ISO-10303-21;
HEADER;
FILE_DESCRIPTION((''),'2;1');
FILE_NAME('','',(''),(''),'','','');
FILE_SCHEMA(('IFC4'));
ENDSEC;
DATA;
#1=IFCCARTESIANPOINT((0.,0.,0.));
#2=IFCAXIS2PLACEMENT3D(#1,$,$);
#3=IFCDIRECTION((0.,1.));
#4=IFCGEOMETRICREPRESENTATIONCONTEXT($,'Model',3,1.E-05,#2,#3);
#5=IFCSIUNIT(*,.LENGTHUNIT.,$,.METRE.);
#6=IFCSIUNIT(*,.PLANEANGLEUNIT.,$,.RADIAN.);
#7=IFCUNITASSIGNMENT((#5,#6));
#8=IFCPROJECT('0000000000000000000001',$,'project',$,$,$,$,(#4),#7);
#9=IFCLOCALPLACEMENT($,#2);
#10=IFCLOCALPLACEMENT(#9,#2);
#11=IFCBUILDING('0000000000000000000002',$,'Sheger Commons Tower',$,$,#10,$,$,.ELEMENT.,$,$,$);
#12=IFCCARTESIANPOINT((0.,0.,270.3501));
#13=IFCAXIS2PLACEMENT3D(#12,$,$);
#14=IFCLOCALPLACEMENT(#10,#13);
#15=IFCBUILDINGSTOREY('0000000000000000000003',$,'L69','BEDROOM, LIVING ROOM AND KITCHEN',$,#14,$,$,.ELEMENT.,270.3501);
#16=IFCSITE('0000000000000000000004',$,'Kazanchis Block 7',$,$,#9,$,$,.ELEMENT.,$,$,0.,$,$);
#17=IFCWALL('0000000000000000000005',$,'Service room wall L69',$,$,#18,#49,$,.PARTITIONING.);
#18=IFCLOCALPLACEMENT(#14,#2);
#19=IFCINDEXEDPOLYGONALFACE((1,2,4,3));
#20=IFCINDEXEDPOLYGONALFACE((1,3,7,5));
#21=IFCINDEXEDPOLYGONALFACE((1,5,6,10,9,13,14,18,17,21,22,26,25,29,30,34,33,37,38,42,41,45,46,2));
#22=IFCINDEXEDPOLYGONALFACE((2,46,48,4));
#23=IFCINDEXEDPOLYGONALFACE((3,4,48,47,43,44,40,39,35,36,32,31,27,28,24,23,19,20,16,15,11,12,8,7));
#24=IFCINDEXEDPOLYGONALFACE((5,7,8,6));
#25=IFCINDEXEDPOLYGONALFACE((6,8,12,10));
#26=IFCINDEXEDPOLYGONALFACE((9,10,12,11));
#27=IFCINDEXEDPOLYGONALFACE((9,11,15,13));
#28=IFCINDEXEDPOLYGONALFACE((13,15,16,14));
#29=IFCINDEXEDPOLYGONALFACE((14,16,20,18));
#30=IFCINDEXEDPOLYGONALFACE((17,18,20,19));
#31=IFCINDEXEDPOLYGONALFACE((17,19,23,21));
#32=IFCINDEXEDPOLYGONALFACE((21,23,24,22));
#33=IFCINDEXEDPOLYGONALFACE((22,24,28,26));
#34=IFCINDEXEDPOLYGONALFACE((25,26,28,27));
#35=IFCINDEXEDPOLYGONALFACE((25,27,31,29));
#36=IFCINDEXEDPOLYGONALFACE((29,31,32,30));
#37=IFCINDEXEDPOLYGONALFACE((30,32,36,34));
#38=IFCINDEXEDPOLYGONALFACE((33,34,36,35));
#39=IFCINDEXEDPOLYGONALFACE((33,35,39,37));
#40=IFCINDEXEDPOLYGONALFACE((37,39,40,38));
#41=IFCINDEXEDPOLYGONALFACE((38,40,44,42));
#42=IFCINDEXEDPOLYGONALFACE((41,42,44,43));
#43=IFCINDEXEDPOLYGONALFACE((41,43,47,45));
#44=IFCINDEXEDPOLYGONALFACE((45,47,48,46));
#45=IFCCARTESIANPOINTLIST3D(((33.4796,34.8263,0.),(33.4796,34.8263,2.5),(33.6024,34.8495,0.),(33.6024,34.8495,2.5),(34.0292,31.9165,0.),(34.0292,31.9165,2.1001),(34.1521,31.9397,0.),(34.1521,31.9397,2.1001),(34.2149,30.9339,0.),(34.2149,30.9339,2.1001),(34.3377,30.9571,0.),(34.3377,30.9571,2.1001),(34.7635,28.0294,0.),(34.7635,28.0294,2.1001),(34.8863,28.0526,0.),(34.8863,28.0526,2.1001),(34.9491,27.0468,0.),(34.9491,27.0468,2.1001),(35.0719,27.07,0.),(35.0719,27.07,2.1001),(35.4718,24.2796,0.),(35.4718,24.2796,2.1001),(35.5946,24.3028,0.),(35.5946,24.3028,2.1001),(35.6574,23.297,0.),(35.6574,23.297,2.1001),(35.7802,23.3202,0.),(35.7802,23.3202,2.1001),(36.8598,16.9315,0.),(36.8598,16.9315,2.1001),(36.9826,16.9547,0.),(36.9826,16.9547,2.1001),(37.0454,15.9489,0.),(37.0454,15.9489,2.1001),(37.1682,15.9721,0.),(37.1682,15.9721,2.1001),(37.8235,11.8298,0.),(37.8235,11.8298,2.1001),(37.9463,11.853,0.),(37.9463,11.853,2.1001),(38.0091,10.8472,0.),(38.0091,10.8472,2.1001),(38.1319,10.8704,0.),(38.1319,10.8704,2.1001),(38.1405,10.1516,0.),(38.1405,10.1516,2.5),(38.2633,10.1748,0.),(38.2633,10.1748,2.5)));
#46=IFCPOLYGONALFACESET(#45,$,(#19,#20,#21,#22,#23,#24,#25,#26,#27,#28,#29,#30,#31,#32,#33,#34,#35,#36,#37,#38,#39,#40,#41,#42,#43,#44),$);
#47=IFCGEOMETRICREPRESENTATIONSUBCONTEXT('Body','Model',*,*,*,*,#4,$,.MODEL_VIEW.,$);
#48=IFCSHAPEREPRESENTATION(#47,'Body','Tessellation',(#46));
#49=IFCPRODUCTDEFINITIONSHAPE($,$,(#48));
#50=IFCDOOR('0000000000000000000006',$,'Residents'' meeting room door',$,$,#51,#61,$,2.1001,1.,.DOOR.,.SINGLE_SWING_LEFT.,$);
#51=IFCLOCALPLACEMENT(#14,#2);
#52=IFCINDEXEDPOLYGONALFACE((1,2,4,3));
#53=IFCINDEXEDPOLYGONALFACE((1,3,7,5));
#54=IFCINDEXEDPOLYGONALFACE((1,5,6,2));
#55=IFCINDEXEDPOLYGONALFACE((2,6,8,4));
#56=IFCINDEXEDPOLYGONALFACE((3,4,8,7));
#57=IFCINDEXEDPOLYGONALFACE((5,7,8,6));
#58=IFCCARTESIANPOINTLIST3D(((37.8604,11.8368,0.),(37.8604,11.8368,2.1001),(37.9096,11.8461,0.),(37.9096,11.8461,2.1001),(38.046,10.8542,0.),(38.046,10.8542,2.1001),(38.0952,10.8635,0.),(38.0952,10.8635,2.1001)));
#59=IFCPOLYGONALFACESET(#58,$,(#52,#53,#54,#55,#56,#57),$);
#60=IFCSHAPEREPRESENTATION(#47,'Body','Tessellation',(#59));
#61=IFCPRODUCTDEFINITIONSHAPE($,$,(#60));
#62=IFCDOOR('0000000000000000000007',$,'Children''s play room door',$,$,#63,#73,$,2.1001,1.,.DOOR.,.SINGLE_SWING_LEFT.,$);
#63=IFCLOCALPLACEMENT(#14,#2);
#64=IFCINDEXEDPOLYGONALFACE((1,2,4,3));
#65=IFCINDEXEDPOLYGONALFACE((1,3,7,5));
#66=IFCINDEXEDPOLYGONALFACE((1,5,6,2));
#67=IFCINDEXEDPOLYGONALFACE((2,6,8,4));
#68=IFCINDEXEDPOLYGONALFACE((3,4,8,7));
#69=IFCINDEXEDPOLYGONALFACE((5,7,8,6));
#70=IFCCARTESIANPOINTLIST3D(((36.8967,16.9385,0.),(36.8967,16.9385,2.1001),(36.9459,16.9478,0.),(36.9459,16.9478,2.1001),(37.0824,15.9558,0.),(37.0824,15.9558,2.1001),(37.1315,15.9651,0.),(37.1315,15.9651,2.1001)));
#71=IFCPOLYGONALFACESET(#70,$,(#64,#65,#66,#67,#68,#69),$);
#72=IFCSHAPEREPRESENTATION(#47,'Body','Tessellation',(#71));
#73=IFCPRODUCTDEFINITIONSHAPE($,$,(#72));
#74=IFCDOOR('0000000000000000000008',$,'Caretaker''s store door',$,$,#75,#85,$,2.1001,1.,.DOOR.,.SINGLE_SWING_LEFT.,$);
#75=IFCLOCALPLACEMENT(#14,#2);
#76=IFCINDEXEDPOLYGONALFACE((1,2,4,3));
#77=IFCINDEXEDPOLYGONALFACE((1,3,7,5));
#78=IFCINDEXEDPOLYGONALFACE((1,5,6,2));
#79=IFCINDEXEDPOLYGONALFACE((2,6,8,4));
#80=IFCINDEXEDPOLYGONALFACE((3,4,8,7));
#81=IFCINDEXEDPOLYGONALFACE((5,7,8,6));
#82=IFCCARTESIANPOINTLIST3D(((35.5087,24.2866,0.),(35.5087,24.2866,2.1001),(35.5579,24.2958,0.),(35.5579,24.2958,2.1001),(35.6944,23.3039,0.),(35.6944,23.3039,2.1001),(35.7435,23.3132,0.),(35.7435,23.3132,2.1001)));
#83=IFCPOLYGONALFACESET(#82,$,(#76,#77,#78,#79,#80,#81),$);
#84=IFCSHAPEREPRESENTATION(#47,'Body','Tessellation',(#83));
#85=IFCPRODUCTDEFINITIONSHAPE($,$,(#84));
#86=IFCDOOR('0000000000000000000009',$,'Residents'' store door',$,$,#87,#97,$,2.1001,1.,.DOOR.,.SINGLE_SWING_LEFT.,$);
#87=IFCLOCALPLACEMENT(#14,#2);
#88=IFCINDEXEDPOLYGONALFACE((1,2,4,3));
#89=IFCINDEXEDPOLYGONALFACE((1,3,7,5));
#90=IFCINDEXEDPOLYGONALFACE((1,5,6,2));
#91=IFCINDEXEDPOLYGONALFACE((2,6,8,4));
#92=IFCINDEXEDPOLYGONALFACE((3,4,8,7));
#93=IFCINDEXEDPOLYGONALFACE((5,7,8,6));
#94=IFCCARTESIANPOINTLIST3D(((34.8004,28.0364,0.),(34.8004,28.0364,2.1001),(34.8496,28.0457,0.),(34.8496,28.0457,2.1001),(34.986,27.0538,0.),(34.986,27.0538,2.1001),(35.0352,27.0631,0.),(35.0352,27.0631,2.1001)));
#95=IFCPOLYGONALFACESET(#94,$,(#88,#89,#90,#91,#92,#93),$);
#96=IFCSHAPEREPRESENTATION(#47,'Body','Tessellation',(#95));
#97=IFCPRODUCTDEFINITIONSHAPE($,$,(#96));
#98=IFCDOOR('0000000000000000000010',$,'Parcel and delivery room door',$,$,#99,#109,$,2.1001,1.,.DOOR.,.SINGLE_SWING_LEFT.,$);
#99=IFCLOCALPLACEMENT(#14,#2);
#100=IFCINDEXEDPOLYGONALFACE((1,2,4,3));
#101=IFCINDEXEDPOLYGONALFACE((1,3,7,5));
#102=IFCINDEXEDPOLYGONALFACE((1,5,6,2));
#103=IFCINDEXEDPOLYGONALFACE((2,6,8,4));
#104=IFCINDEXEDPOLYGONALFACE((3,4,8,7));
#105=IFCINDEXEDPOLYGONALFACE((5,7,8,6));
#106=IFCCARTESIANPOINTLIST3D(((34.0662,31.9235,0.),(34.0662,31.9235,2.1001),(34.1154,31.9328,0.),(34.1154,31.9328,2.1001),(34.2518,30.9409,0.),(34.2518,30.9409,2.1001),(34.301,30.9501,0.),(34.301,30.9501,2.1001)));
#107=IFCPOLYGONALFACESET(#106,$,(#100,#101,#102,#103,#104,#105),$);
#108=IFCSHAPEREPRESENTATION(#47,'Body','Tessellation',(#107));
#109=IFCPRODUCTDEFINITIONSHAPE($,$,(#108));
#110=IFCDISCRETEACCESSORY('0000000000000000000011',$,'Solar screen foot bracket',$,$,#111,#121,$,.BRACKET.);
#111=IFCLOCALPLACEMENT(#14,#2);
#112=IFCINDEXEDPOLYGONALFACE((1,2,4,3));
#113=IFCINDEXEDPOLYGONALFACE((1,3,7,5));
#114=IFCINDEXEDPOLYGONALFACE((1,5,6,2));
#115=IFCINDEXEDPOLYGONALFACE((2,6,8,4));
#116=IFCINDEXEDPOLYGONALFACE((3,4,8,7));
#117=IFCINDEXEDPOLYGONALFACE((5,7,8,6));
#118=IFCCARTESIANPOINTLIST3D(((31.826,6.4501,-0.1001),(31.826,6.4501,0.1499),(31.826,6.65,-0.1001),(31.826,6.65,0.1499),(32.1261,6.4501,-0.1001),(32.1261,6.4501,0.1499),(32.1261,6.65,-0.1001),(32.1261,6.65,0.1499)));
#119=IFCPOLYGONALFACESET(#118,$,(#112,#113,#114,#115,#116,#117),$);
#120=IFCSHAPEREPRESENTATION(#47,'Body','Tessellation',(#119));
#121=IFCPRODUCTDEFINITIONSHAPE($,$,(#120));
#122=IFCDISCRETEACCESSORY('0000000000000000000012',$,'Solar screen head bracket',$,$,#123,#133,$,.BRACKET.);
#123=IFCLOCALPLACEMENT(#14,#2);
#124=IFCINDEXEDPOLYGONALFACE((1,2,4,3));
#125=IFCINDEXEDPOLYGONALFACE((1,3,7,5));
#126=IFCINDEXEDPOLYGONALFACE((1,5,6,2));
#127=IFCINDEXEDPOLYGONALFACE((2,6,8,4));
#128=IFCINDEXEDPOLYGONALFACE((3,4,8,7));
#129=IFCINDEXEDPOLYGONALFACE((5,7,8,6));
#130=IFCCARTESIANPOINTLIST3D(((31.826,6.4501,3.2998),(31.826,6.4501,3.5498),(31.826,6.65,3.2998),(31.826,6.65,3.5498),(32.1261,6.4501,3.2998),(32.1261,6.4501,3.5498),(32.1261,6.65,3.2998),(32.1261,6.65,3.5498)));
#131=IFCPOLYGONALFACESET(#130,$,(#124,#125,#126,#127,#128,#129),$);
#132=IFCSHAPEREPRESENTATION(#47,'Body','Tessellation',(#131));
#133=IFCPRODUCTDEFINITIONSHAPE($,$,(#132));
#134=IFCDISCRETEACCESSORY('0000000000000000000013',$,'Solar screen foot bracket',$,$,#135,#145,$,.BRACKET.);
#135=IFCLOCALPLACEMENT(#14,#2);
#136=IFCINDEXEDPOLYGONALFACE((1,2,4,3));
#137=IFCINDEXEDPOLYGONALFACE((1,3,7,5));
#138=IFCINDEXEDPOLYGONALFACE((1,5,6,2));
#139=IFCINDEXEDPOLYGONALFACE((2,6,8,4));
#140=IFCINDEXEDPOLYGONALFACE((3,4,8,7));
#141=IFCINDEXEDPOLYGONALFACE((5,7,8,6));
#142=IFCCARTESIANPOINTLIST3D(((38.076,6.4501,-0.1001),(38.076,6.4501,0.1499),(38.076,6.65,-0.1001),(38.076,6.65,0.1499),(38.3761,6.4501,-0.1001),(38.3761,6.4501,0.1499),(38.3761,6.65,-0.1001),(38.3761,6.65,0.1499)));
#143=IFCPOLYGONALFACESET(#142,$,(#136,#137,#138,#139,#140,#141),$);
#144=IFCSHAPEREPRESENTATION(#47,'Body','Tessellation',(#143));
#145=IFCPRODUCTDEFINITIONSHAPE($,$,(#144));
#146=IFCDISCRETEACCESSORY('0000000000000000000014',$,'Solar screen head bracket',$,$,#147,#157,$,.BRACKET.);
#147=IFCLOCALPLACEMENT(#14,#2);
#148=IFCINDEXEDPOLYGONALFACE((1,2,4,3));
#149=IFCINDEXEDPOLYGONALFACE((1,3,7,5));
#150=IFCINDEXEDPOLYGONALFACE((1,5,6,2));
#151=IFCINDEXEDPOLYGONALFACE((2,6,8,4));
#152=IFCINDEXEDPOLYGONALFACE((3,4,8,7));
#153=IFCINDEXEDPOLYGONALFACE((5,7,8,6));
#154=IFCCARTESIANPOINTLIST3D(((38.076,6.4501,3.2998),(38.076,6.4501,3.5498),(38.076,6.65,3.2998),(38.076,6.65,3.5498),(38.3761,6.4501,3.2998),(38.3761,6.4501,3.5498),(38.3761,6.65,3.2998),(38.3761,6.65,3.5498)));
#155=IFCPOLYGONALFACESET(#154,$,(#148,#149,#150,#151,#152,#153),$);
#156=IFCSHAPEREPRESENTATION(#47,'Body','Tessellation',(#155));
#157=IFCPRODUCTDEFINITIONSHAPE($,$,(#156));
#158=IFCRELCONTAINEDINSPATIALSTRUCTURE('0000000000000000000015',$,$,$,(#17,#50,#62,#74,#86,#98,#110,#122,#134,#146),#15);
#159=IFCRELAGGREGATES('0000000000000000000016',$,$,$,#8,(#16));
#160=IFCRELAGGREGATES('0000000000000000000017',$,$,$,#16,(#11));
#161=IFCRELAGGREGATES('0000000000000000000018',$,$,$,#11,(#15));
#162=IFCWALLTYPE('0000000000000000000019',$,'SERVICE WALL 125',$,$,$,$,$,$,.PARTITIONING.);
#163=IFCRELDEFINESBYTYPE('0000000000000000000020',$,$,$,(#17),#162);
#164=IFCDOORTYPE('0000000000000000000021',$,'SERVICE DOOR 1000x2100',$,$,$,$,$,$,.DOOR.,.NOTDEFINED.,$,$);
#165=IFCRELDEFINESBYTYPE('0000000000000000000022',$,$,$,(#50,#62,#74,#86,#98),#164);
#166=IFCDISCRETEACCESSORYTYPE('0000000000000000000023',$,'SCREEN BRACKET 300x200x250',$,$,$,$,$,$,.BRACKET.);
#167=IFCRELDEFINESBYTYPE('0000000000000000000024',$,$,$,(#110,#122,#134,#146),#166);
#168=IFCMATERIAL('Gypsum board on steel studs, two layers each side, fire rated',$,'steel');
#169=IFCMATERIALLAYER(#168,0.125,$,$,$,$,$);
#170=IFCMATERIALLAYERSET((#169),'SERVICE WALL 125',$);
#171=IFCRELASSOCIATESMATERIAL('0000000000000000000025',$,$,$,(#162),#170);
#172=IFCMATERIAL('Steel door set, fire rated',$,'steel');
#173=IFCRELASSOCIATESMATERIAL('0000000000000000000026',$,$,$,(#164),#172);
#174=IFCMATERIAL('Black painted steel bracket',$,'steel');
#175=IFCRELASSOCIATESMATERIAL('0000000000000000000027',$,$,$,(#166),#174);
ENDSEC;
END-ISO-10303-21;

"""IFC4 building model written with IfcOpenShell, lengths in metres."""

from ifc_helpers import new_model, si_unit, direction, frame, frame_2d, origin, origin_2d, place, context, subcontext, project, spatial, rectangle, extrude, material, layer, layer_set, type_object, element, fill, save


model = new_model("IFC4")

# Units and contexts
model_context = context("Model", 3, precision=1e-05, world=origin(), true_north=direction((0.0, 1.0)))
body_context = subcontext(model_context, "Body", "Model", "MODEL_VIEW")
ifc_project = project(units=[si_unit("LENGTHUNIT", "METRE"), si_unit("PLANEANGLEUNIT", "RADIAN")], contexts=[model_context])

# Site, building, storey
site_placement = place(None, origin())
site = spatial("IfcSite", under=ifc_project, at=site_placement, Name="Kazanchis Block 7", CompositionType="ELEMENT", RefElevation=0.0)
building_placement = place(site_placement, origin())
building = spatial("IfcBuilding", under=site, at=building_placement, Name="Sheger Commons Tower", CompositionType="ELEMENT")
storey_placement = place(building_placement, frame((0.0, 0.0, 270.3501)))
storey = spatial("IfcBuildingStorey", under=building, at=storey_placement, Name="L69", Description="BEDROOM, LIVING ROOM AND KITCHEN", CompositionType="ELEMENT", Elevation=270.3501)

# Wall, openings, doors
ifc_material_1 = material(Name="Gypsum board on steel studs, two layers each side, fire rated", Category="steel")
ifc_layer_1 = layer(ifc_material_1, 0.125)
ifc_layer_set_1 = layer_set([ifc_layer_1], Name="SERVICE WALL 125")
wall_type = type_object("IfcWallType", Name="SERVICE WALL 125", PredefinedType="PARTITIONING", material=ifc_layer_set_1)
wall_placement = place(storey_placement, frame((38.2019, 10.1631, 0.0), z_axis=(0.0, 0.0, 1.0), x_axis=(-0.18561, 0.982623, 0.0)))
wall = element("IfcWall", 1, at=wall_placement, inside=storey, type_object=wall_type, Name="Service room wall L69", PredefinedType="PARTITIONING", context=body_context, shape_type="SweptSolid", body=[
    extrude(rectangle(XDim=25.1111, YDim=0.125, at=frame_2d((12.5557, 0.0))), origin(), (0.0, 0.0, 1.0), 2.5),
])
opening_1_placement = place(wall_placement, frame((0.708, 0.0, 0.0)))
opening_1 = element("IfcOpeningElement", 2, at=opening_1_placement, cuts=wall, PredefinedType="OPENING", context=body_context, shape_type="SweptSolid", body=[
    extrude(rectangle(XDim=1.0, YDim=2.1001, at=frame_2d((0.5, 1.05))), frame((0.0, 0.0725, 0.0), z_axis=(0.0, -1.0, 0.0), x_axis=(1.0, 0.0, 0.0)), (0.0, 0.0, 1.0), 0.145),
])
opening_2_placement = place(wall_placement, frame((5.8999, 0.0, 0.0)))
opening_2 = element("IfcOpeningElement", 3, at=opening_2_placement, cuts=wall, PredefinedType="OPENING", context=body_context, shape_type="SweptSolid", body=[
    extrude(rectangle(XDim=1.0, YDim=2.1001, at=frame_2d((0.5, 1.05))), frame((0.0, 0.0725, 0.0), z_axis=(0.0, -1.0, 0.0), x_axis=(1.0, 0.0, 0.0)), (0.0, 0.0, 1.0), 0.145),
])
opening_3_placement = place(wall_placement, frame((13.3779, 0.0, 0.0)))
opening_3 = element("IfcOpeningElement", 4, at=opening_3_placement, cuts=wall, PredefinedType="OPENING", context=body_context, shape_type="SweptSolid", body=[
    extrude(rectangle(XDim=1.0, YDim=2.1001, at=frame_2d((0.5, 1.05))), frame((0.0, 0.0725, 0.0), z_axis=(0.0, -1.0, 0.0), x_axis=(1.0, 0.0, 0.0)), (0.0, 0.0, 1.0), 0.145),
])
opening_4_placement = place(wall_placement, frame((17.1941, 0.0, 0.0)))
opening_4 = element("IfcOpeningElement", 5, at=opening_4_placement, cuts=wall, PredefinedType="OPENING", context=body_context, shape_type="SweptSolid", body=[
    extrude(rectangle(XDim=1.0, YDim=2.1001, at=frame_2d((0.5, 1.05))), frame((0.0, 0.0725, 0.0), z_axis=(0.0, -1.0, 0.0), x_axis=(1.0, 0.0, 0.0)), (0.0, 0.0, 1.0), 0.145),
])
opening_5_placement = place(wall_placement, frame((21.1499, 0.0, 0.0)))
opening_5 = element("IfcOpeningElement", 6, at=opening_5_placement, cuts=wall, PredefinedType="OPENING", context=body_context, shape_type="SweptSolid", body=[
    extrude(rectangle(XDim=1.0, YDim=2.1001, at=frame_2d((0.5, 1.05))), frame((0.0, 0.0725, 0.0), z_axis=(0.0, -1.0, 0.0), x_axis=(1.0, 0.0, 0.0)), (0.0, 0.0, 1.0), 0.145),
])
ifc_material_2 = material(Name="Steel door set, fire rated", Category="steel")
door_type = type_object("IfcDoorType", Name="SERVICE DOOR 1000x2100", OperationType="NOTDEFINED", PredefinedType="DOOR", material=ifc_material_2)
door_1_placement = place(opening_1_placement, origin())
door_1 = element("IfcDoor", 7, at=door_1_placement, inside=storey, type_object=door_type, Name="Residents' meeting room door", OperationType="SINGLE_SWING_LEFT", OverallHeight=2.1001, OverallWidth=1.0, PredefinedType="DOOR", context=body_context, shape_type="SweptSolid", body=[
    extrude(rectangle(XDim=1.0, YDim=2.1001, at=frame_2d((0.5, 1.05))), frame((0.0, 0.0249, 0.0), z_axis=(0.0, -1.0, 0.0), x_axis=(1.0, 0.0, 0.0)), (0.0, 0.0, 1.0), 0.05),
])
fill(opening_1, door_1)
door_2_placement = place(opening_2_placement, origin())
door_2 = element("IfcDoor", 8, at=door_2_placement, inside=storey, type_object=door_type, Name="Children's play room door", OperationType="SINGLE_SWING_LEFT", OverallHeight=2.1001, OverallWidth=1.0, PredefinedType="DOOR", context=body_context, shape_type="SweptSolid", body=[
    extrude(rectangle(XDim=1.0, YDim=2.1001, at=frame_2d((0.5, 1.05))), frame((0.0, 0.0249, 0.0), z_axis=(0.0, -1.0, 0.0), x_axis=(1.0, 0.0, 0.0)), (0.0, 0.0, 1.0), 0.05),
])
fill(opening_2, door_2)
door_3_placement = place(opening_3_placement, origin())
door_3 = element("IfcDoor", 9, at=door_3_placement, inside=storey, type_object=door_type, Name="Caretaker's store door", OperationType="SINGLE_SWING_LEFT", OverallHeight=2.1001, OverallWidth=1.0, PredefinedType="DOOR", context=body_context, shape_type="SweptSolid", body=[
    extrude(rectangle(XDim=1.0, YDim=2.1001, at=frame_2d((0.5, 1.05))), frame((0.0, 0.0249, 0.0), z_axis=(0.0, -1.0, 0.0), x_axis=(1.0, 0.0, 0.0)), (0.0, 0.0, 1.0), 0.05),
])
fill(opening_3, door_3)
door_4_placement = place(opening_4_placement, origin())
door_4 = element("IfcDoor", 10, at=door_4_placement, inside=storey, type_object=door_type, Name="Residents' store door", OperationType="SINGLE_SWING_LEFT", OverallHeight=2.1001, OverallWidth=1.0, PredefinedType="DOOR", context=body_context, shape_type="SweptSolid", body=[
    extrude(rectangle(XDim=1.0, YDim=2.1001, at=frame_2d((0.5, 1.05))), frame((0.0, 0.0249, 0.0), z_axis=(0.0, -1.0, 0.0), x_axis=(1.0, 0.0, 0.0)), (0.0, 0.0, 1.0), 0.05),
])
fill(opening_4, door_4)
door_5_placement = place(opening_5_placement, origin())
door_5 = element("IfcDoor", 11, at=door_5_placement, inside=storey, type_object=door_type, Name="Parcel and delivery room door", OperationType="SINGLE_SWING_LEFT", OverallHeight=2.1001, OverallWidth=1.0, PredefinedType="DOOR", context=body_context, shape_type="SweptSolid", body=[
    extrude(rectangle(XDim=1.0, YDim=2.1001, at=frame_2d((0.5, 1.05))), frame((0.0, 0.0249, 0.0), z_axis=(0.0, -1.0, 0.0), x_axis=(1.0, 0.0, 0.0)), (0.0, 0.0, 1.0), 0.05),
])
fill(opening_5, door_5)

# Discrete accessories
ifc_material_3 = material(Name="Black painted steel bracket", Category="steel")
discrete_accessory_type = type_object("IfcDiscreteAccessoryType", Name="SCREEN BRACKET 300x200x250", PredefinedType="BRACKET", material=ifc_material_3)
for number, where, z_axis, x_axis, name in (
    (12, (31.9761, 6.55, -0.1001), (0.0, 0.0, 1.0), (1.0, 0.0, 0.0), "Solar screen foot bracket"),
    (13, (31.9761, 6.55, 3.2998), (0.0, 0.0, 1.0), (1.0, 0.0, 0.0), "Solar screen head bracket"),
    (14, (38.2261, 6.55, -0.1001), (0.0, 0.0, 1.0), (1.0, 0.0, 0.0), "Solar screen foot bracket"),
    (15, (38.2261, 6.55, 3.2998), (0.0, 0.0, 1.0), (1.0, 0.0, 0.0), "Solar screen head bracket"),
):
    element("IfcDiscreteAccessory", number, at=place(storey_placement, frame(where, z_axis=z_axis, x_axis=x_axis)), inside=storey, type_object=discrete_accessory_type, Name=name, PredefinedType="BRACKET", context=body_context, shape_type="SweptSolid", body=[
        extrude(rectangle(XDim=0.3, YDim=0.2, at=origin_2d()), origin(), (0.0, 0.0, 1.0), 0.25),
    ])

save(model, "model.ifc")
